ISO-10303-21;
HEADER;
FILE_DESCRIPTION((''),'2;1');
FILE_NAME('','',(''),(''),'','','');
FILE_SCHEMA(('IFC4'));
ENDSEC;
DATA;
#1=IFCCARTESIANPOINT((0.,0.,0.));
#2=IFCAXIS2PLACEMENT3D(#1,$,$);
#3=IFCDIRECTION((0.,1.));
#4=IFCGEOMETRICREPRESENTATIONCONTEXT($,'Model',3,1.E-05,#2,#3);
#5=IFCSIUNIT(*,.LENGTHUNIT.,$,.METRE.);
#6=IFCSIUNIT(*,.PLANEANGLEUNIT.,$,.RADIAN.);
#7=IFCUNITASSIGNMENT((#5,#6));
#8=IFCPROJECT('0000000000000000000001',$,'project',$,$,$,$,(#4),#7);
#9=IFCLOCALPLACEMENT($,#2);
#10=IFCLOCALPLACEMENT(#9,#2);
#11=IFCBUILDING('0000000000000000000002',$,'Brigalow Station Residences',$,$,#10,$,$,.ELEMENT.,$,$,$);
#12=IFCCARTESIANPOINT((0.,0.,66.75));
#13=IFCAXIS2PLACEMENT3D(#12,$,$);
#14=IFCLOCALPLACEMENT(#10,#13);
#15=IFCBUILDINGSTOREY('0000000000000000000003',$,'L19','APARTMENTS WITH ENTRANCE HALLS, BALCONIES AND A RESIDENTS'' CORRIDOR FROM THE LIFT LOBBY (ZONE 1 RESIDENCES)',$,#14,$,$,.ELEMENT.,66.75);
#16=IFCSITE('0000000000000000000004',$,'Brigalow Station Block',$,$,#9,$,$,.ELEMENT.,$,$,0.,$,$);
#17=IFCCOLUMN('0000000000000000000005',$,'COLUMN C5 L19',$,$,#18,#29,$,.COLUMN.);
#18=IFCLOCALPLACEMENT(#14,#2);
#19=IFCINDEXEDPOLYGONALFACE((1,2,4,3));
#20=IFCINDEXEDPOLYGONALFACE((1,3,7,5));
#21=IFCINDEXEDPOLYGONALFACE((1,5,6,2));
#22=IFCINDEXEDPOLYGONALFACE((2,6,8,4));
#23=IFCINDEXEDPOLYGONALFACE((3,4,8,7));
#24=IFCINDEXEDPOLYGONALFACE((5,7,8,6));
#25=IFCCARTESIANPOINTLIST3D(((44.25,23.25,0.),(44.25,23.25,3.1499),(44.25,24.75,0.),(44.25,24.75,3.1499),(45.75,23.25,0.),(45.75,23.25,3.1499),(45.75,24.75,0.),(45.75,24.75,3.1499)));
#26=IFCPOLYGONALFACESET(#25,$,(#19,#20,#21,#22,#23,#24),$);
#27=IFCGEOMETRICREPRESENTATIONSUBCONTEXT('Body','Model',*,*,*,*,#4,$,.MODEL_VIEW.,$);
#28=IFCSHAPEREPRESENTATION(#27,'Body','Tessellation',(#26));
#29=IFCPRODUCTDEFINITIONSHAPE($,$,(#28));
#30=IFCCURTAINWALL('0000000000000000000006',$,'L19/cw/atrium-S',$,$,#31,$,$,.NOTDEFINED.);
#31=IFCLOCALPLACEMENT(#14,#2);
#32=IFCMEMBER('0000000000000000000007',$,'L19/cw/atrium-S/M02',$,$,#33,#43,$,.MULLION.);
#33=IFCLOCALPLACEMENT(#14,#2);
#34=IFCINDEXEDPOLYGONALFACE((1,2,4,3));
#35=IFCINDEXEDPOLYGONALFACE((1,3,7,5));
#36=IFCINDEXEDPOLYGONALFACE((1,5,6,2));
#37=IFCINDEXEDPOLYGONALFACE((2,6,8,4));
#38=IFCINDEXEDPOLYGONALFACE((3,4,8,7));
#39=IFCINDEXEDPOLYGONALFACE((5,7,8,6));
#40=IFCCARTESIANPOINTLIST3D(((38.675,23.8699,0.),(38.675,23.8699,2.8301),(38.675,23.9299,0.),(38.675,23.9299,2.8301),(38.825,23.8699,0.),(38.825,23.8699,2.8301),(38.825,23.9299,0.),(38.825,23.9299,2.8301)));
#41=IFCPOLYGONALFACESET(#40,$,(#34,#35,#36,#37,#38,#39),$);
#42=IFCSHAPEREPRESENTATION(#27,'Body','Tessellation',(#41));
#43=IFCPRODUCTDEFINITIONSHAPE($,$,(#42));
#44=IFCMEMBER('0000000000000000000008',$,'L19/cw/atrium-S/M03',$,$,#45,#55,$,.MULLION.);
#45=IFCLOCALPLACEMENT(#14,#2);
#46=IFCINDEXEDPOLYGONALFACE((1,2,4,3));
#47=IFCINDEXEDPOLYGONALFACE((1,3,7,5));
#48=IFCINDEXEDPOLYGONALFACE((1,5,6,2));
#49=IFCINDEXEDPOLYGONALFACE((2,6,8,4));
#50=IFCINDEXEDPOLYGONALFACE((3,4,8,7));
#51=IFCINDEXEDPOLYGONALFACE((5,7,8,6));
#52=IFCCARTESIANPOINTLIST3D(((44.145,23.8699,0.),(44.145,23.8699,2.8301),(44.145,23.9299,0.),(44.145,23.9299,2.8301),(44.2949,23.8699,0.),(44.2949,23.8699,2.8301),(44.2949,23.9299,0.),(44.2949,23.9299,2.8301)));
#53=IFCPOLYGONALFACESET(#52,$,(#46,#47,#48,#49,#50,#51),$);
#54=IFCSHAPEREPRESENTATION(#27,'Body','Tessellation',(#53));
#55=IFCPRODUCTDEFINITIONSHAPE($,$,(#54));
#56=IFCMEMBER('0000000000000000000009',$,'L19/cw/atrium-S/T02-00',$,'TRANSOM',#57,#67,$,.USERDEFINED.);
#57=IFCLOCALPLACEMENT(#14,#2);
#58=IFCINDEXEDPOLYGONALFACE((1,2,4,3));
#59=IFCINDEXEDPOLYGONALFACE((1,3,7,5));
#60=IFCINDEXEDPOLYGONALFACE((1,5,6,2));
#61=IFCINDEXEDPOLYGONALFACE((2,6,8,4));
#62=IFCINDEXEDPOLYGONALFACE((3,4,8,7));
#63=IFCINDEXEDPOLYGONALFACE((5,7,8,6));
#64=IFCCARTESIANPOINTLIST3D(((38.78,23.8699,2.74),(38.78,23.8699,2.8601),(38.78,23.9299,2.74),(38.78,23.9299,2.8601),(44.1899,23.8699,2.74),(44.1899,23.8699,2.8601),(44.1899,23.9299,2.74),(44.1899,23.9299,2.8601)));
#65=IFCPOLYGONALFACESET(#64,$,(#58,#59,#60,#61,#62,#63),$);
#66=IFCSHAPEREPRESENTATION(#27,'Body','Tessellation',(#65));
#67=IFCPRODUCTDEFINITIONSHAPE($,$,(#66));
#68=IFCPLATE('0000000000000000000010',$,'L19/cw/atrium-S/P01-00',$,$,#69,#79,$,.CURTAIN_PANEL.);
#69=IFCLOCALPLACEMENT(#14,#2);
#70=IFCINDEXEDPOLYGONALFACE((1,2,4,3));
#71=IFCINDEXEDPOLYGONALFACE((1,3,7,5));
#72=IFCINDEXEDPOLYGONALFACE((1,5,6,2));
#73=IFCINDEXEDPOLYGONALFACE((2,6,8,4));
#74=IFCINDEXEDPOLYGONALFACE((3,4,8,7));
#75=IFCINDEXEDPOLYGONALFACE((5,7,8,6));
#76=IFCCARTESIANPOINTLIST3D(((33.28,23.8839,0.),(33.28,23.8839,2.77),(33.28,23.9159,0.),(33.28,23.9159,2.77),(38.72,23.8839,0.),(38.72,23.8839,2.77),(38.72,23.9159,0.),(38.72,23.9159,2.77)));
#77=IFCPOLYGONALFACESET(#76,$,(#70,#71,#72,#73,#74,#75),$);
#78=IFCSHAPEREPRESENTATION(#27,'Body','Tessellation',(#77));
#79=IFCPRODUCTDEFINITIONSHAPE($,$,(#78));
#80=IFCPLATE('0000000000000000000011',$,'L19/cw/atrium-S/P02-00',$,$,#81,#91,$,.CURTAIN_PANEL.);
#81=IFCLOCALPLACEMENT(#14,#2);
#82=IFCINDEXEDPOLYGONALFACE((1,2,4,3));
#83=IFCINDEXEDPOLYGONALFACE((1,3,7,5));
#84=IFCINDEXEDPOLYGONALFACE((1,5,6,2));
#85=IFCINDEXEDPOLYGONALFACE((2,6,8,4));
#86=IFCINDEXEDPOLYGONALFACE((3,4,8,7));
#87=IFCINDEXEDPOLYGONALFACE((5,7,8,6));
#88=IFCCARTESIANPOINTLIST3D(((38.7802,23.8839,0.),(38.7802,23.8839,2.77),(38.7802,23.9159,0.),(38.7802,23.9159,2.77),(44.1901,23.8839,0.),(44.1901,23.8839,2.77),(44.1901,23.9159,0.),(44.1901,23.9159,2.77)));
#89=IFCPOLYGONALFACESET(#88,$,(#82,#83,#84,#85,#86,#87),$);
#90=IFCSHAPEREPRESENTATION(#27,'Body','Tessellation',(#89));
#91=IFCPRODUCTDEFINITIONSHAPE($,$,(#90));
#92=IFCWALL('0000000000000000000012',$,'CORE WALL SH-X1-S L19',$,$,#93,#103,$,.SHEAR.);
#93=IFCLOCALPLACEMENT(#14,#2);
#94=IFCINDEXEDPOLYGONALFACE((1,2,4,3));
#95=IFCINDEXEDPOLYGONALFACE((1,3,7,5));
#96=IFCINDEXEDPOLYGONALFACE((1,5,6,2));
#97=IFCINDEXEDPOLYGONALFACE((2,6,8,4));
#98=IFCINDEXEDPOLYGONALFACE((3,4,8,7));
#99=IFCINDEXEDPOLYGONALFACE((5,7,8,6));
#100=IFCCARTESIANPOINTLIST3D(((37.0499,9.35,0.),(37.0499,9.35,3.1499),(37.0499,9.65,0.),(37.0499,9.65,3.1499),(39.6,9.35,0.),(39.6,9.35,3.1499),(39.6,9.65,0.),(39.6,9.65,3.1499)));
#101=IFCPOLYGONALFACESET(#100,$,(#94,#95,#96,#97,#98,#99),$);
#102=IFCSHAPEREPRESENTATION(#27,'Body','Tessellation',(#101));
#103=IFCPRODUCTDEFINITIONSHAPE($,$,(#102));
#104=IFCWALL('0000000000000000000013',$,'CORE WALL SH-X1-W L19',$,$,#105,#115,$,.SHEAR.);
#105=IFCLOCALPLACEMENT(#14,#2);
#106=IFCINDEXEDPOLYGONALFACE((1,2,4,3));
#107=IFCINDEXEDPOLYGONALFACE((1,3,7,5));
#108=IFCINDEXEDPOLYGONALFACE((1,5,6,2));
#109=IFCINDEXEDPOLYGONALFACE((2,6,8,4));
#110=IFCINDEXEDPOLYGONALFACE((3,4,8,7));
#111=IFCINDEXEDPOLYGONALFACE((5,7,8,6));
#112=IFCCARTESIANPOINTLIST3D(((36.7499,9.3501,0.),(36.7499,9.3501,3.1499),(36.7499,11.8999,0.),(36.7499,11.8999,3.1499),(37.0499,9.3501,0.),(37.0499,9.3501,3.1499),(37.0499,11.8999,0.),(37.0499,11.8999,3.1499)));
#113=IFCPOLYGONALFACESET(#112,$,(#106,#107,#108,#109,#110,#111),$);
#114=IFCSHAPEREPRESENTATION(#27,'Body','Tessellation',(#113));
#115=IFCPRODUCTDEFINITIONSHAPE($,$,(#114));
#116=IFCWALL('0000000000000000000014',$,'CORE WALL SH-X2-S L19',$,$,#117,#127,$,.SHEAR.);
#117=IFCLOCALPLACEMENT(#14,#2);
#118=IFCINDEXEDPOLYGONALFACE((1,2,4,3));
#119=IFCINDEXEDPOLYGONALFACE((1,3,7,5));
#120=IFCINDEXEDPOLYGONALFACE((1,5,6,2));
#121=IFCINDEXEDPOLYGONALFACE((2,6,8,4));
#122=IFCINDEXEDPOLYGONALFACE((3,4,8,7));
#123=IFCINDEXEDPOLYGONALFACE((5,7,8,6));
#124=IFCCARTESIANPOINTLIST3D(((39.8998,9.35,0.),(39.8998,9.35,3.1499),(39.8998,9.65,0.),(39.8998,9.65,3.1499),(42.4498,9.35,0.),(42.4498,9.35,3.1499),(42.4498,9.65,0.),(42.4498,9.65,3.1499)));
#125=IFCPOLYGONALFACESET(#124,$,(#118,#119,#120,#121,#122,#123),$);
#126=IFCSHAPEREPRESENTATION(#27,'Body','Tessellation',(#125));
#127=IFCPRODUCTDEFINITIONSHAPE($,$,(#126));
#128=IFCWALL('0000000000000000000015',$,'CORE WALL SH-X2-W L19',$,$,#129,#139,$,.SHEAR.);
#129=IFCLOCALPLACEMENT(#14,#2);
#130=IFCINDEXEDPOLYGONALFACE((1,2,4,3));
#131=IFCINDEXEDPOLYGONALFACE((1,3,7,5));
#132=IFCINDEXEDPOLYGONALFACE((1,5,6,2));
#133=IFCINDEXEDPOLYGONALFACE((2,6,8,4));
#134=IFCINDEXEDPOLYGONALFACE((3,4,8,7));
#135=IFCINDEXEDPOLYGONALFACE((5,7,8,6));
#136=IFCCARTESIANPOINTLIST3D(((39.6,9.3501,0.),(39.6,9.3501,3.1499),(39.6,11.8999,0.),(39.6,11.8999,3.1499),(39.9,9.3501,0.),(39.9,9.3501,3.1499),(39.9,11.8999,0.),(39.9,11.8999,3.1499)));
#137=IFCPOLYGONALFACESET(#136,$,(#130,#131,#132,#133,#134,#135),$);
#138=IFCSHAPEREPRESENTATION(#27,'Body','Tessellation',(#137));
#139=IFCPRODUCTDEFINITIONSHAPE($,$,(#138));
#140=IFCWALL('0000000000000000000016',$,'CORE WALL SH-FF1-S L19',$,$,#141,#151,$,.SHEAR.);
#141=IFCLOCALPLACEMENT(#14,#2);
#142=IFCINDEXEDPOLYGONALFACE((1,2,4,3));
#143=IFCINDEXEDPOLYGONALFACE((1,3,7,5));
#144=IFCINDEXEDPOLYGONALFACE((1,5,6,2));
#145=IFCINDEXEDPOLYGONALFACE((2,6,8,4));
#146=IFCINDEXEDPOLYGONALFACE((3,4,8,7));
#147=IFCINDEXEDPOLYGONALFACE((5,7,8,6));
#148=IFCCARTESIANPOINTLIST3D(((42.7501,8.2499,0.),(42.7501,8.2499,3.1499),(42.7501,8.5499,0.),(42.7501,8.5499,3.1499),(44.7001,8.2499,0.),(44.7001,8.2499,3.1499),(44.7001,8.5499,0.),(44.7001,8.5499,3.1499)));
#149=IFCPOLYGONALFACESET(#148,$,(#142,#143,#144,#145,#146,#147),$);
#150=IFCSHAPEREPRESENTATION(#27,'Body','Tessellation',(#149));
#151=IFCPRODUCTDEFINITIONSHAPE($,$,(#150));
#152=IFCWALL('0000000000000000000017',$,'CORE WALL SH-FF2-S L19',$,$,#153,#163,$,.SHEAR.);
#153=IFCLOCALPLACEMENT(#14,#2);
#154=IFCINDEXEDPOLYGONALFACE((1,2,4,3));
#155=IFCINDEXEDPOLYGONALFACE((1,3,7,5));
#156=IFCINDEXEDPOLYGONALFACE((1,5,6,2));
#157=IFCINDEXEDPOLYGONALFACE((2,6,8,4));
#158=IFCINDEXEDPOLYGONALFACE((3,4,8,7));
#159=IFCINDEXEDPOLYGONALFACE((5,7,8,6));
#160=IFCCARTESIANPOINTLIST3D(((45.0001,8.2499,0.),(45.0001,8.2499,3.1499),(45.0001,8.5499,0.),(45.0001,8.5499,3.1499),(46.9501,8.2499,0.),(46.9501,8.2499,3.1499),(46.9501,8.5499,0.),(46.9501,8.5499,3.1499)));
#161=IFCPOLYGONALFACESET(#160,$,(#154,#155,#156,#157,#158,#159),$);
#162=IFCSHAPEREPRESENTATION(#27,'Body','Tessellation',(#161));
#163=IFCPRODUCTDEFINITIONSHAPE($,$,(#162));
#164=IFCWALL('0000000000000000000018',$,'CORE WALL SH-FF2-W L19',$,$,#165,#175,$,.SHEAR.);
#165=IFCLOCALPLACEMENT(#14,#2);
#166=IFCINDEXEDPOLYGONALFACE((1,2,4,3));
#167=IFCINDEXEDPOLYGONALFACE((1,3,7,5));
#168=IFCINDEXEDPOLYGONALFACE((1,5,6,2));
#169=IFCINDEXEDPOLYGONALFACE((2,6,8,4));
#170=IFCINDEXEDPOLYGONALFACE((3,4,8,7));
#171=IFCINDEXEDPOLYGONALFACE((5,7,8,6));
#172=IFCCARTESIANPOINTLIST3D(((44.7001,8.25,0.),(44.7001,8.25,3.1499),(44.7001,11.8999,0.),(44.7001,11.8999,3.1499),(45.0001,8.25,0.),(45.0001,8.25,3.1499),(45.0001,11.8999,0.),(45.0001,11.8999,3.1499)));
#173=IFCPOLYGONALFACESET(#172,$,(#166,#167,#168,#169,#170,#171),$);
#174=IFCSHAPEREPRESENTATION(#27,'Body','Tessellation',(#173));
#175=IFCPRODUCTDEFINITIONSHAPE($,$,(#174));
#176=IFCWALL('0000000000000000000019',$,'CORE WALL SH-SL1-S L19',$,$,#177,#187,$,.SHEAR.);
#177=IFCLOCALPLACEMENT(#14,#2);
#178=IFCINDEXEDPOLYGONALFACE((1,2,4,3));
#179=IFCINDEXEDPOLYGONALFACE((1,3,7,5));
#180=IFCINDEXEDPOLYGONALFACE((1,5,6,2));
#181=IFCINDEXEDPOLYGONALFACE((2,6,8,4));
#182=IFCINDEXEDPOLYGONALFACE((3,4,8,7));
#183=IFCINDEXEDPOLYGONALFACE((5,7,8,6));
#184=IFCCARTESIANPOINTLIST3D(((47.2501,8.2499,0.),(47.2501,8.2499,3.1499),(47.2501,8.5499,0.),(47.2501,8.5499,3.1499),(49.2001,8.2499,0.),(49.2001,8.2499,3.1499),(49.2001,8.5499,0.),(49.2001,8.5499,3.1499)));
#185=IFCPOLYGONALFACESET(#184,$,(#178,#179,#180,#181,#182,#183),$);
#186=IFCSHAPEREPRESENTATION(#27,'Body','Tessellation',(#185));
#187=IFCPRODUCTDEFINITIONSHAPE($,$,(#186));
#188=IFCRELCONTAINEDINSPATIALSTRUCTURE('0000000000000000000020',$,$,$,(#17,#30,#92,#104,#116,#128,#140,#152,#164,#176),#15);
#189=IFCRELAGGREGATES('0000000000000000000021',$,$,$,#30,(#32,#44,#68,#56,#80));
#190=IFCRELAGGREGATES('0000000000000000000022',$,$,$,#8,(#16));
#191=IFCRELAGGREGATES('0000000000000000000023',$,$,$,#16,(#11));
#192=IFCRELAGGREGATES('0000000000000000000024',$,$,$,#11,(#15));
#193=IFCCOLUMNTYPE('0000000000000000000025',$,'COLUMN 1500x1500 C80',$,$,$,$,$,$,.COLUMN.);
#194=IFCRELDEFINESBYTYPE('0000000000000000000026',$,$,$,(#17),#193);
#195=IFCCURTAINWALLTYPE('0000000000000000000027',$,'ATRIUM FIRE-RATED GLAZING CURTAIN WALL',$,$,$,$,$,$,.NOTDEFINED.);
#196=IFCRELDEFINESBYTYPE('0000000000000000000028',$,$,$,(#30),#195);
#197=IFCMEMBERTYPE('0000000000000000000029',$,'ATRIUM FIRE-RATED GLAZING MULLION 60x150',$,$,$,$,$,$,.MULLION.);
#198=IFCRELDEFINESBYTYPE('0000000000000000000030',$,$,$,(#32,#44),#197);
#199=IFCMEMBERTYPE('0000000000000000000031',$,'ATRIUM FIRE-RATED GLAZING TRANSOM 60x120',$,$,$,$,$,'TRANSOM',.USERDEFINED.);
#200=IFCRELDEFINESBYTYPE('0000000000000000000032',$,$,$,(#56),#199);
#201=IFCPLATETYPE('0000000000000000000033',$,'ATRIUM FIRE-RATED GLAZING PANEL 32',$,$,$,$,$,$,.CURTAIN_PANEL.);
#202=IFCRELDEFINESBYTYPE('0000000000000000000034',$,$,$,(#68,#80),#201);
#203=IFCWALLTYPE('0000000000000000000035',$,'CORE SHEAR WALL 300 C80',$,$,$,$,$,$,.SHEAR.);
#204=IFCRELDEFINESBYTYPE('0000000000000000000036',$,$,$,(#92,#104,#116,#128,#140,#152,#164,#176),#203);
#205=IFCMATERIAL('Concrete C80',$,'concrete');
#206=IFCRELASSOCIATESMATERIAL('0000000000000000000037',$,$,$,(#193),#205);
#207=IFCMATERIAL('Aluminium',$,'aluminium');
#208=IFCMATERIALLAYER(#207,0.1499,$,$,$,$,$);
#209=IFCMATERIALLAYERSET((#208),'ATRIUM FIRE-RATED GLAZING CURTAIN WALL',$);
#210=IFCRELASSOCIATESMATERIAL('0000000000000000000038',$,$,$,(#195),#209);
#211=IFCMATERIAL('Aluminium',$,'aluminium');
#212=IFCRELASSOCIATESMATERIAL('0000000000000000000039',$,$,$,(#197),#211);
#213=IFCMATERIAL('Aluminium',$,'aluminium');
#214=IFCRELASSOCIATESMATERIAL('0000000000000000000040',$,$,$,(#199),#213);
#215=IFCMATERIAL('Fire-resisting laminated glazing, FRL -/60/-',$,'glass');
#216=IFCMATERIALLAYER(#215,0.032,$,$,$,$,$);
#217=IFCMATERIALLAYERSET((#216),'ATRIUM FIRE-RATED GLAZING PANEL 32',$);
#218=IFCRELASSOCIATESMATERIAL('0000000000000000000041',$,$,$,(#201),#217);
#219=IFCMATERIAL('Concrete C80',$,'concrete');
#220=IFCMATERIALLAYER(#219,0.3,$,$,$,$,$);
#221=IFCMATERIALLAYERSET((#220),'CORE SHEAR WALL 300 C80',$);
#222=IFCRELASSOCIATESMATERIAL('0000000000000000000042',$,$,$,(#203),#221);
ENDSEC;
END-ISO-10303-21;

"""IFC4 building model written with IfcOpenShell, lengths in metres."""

from ifc_helpers import new_model, si_unit, direction, frame, frame_2d, origin, origin_2d, place, context, subcontext, project, spatial, rectangle, extrude, material, layer, layer_set, material_profile, profile_set, type_object, element, aggregate, save


model = new_model("IFC4")

# Units and contexts
model_context = context("Model", 3, precision=1e-05, world=origin(), true_north=direction((0.0, 1.0)))
body_context = subcontext(model_context, "Body", "Model", "MODEL_VIEW")
ifc_project = project(units=[si_unit("LENGTHUNIT", "METRE"), si_unit("PLANEANGLEUNIT", "RADIAN")], contexts=[model_context])

# Site, building, storey
site_placement = place(None, origin())
site = spatial("IfcSite", under=ifc_project, at=site_placement, Name="Brigalow Station Block", CompositionType="ELEMENT", RefElevation=0.0)
building_placement = place(site_placement, origin())
building = spatial("IfcBuilding", under=site, at=building_placement, Name="Brigalow Station Residences", CompositionType="ELEMENT")
storey_placement = place(building_placement, frame((0.0, 0.0, 66.75)))
storey = spatial("IfcBuildingStorey", under=building, at=storey_placement, Name="L19", Description="APARTMENTS WITH ENTRANCE HALLS, BALCONIES AND A RESIDENTS' CORRIDOR FROM THE LIFT LOBBY (ZONE 1 RESIDENCES)", CompositionType="ELEMENT", Elevation=66.75)

# Column
ifc_material_1 = material(Name="Concrete C80", Category="concrete")
ifc_material_profile_1 = material_profile(ifc_material_1, rectangle(XDim=1.5, YDim=1.5, at=origin_2d()), Name="RC1500x1500")
ifc_profile_set_1 = profile_set([ifc_material_profile_1], Name="Concrete C80")
column_type = type_object("IfcColumnType", Name="COLUMN 1500x1500 C80", PredefinedType="COLUMN", material=ifc_profile_set_1)
column_placement = place(storey_placement, frame((45.0, 24.0, 0.0), z_axis=(0.0, 0.0, 1.0), x_axis=(1.0, 0.0, 0.0)))
element("IfcColumn", 1, at=column_placement, inside=storey, type_object=column_type, Name="COLUMN C5 L19", PredefinedType="COLUMN", context=body_context, shape_type="SweptSolid", body=[
    extrude(rectangle(XDim=1.5, YDim=1.5, at=origin_2d()), origin(), (0.0, 0.0, 1.0), 3.1499),
])

# Curtain wall, members, plates
ifc_material_2 = material(Name="Aluminium", Category="aluminium")
ifc_layer_1 = layer(ifc_material_2, 0.1499)
ifc_layer_set_1 = layer_set([ifc_layer_1], Name="ATRIUM FIRE-RATED GLAZING CURTAIN WALL")
curtain_wall_type = type_object("IfcCurtainWallType", Name="ATRIUM FIRE-RATED GLAZING CURTAIN WALL", PredefinedType="NOTDEFINED", material=ifc_layer_set_1)
curtain_wall_placement = place(storey_placement, origin())
curtain_wall = element("IfcCurtainWall", 2, at=curtain_wall_placement, inside=storey, type_object=curtain_wall_type, Name="L19/cw/atrium-S", PredefinedType="NOTDEFINED")
ifc_material_3 = material(Name="Aluminium", Category="aluminium")
ifc_material_profile_2 = material_profile(ifc_material_3, rectangle(XDim=0.0601, YDim=0.1499, at=origin_2d()), Name="ATRIUM FIRE-RATED GLAZING MULLION 60x150")
ifc_profile_set_2 = profile_set([ifc_material_profile_2], Name="Aluminium")
member_type_1 = type_object("IfcMemberType", Name="ATRIUM FIRE-RATED GLAZING MULLION 60x150", PredefinedType="MULLION", material=ifc_profile_set_2)
member_1_placement = place(storey_placement, frame((38.75, 23.8999, 0.0), z_axis=(0.0, 0.0, 1.0), x_axis=(0.0, 1.0, 0.0)))
member_1 = element("IfcMember", 3, at=member_1_placement, type_object=member_type_1, Name="L19/cw/atrium-S/M02", PredefinedType="MULLION", context=body_context, shape_type="SweptSolid", body=[
    extrude(rectangle(XDim=0.0601, YDim=0.1499, at=origin_2d()), origin(), (0.0, 0.0, 1.0), 2.8301),
])
member_2_placement = place(storey_placement, frame((44.22, 23.8999, 0.0), z_axis=(0.0, 0.0, 1.0), x_axis=(0.0, 1.0, 0.0)))
member_2 = element("IfcMember", 4, at=member_2_placement, type_object=member_type_1, Name="L19/cw/atrium-S/M03", PredefinedType="MULLION", context=body_context, shape_type="SweptSolid", body=[
    extrude(rectangle(XDim=0.0601, YDim=0.1499, at=origin_2d()), origin(), (0.0, 0.0, 1.0), 2.8301),
])
ifc_material_4 = material(Name="Aluminium", Category="aluminium")
ifc_material_profile_3 = material_profile(ifc_material_4, rectangle(XDim=0.0601, YDim=0.1201, at=origin_2d()), Name="ATRIUM FIRE-RATED GLAZING TRANSOM 60x120")
ifc_profile_set_3 = profile_set([ifc_material_profile_3], Name="Aluminium")
member_type_2 = type_object("IfcMemberType", Name="ATRIUM FIRE-RATED GLAZING TRANSOM 60x120", ElementType="TRANSOM", PredefinedType="USERDEFINED", material=ifc_profile_set_3)
member_3_placement = place(storey_placement, frame((38.78, 23.8999, 2.8), z_axis=(1.0, 0.0, 0.0), x_axis=(0.0, 1.0, 0.0)))
member_3 = element("IfcMember", 5, at=member_3_placement, type_object=member_type_2, Name="L19/cw/atrium-S/T02-00", ObjectType="TRANSOM", PredefinedType="USERDEFINED", context=body_context, shape_type="SweptSolid", body=[
    extrude(rectangle(XDim=0.0601, YDim=0.1201, at=origin_2d()), origin(), (0.0, 0.0, 1.0), 5.4099),
])
ifc_material_5 = material(Name="Fire-resisting laminated glazing, FRL -/60/-", Category="glass")
ifc_layer_2 = layer(ifc_material_5, 0.032)
ifc_layer_set_2 = layer_set([ifc_layer_2], Name="ATRIUM FIRE-RATED GLAZING PANEL 32")
plate_type = type_object("IfcPlateType", Name="ATRIUM FIRE-RATED GLAZING PANEL 32", PredefinedType="CURTAIN_PANEL", material=ifc_layer_set_2)
plate_1_placement = place(storey_placement, frame((36.0, 23.8999, 0.0), z_axis=(0.0, 0.0, 1.0), x_axis=(1.0, 0.0, 0.0)))
plate_1 = element("IfcPlate", 6, at=plate_1_placement, type_object=plate_type, Name="L19/cw/atrium-S/P01-00", PredefinedType="CURTAIN_PANEL", context=body_context, shape_type="SweptSolid", body=[
    extrude(rectangle(XDim=5.4399, YDim=0.032, at=origin_2d()), origin(), (0.0, 0.0, 1.0), 2.77),
])
plate_2_placement = place(storey_placement, frame((41.4851, 23.8999, 0.0), z_axis=(0.0, 0.0, 1.0), x_axis=(1.0, 0.0, 0.0)))
plate_2 = element("IfcPlate", 7, at=plate_2_placement, type_object=plate_type, Name="L19/cw/atrium-S/P02-00", PredefinedType="CURTAIN_PANEL", context=body_context, shape_type="SweptSolid", body=[
    extrude(rectangle(XDim=5.4099, YDim=0.032, at=origin_2d()), origin(), (0.0, 0.0, 1.0), 2.77),
])
aggregate(curtain_wall, [member_1, member_2, plate_1, member_3, plate_2])

# Walls
ifc_material_6 = material(Name="Concrete C80", Category="concrete")
ifc_layer_3 = layer(ifc_material_6, 0.3)
ifc_layer_set_3 = layer_set([ifc_layer_3], Name="CORE SHEAR WALL 300 C80")
wall_type_1 = type_object("IfcWallType", Name="CORE SHEAR WALL 300 C80", PredefinedType="SHEAR", material=ifc_layer_set_3)
wall_1_placement = place(storey_placement, frame((37.05, 9.5, 0.0), z_axis=(0.0, 0.0, 1.0), x_axis=(1.0, 0.0, 0.0)))
element("IfcWall", 8, at=wall_1_placement, inside=storey, type_object=wall_type_1, Name="CORE WALL SH-X1-S L19", PredefinedType="SHEAR", context=body_context, shape_type="SweptSolid", body=[
    extrude(rectangle(XDim=2.55, YDim=0.3, at=frame_2d((1.2749, 0.0))), origin(), (0.0, 0.0, 1.0), 3.1499),
])
wall_2_placement = place(storey_placement, frame((36.8999, 9.3501, 0.0), z_axis=(0.0, 0.0, 1.0), x_axis=(0.0, 1.0, 0.0)))
element("IfcWall", 9, at=wall_2_placement, inside=storey, type_object=wall_type_1, Name="CORE WALL SH-X1-W L19", PredefinedType="SHEAR", context=body_context, shape_type="SweptSolid", body=[
    extrude(rectangle(XDim=2.5498, YDim=0.3, at=frame_2d((1.2749, 0.0))), origin(), (0.0, 0.0, 1.0), 3.1499),
])
wall_3_placement = place(storey_placement, frame((39.8999, 9.5, 0.0), z_axis=(0.0, 0.0, 1.0), x_axis=(1.0, 0.0, 0.0)))
element("IfcWall", 10, at=wall_3_placement, inside=storey, type_object=wall_type_1, Name="CORE WALL SH-X2-S L19", PredefinedType="SHEAR", context=body_context, shape_type="SweptSolid", body=[
    extrude(rectangle(XDim=2.55, YDim=0.3, at=frame_2d((1.2749, 0.0))), origin(), (0.0, 0.0, 1.0), 3.1499),
])
wall_4_placement = place(storey_placement, frame((39.75, 9.3501, 0.0), z_axis=(0.0, 0.0, 1.0), x_axis=(0.0, 1.0, 0.0)))
element("IfcWall", 11, at=wall_4_placement, inside=storey, type_object=wall_type_1, Name="CORE WALL SH-X2-W L19", PredefinedType="SHEAR", context=body_context, shape_type="SweptSolid", body=[
    extrude(rectangle(XDim=2.5498, YDim=0.3, at=frame_2d((1.2749, 0.0))), origin(), (0.0, 0.0, 1.0), 3.1499),
])
for number, where, z_axis, x_axis, name in (
    (12, (42.75, 8.3999, 0.0), (0.0, 0.0, 1.0), (1.0, 0.0, 0.0), "CORE WALL SH-FF1-S L19"),
    (13, (45.0, 8.3999, 0.0), (0.0, 0.0, 1.0), (1.0, 0.0, 0.0), "CORE WALL SH-FF2-S L19"),
):
    element("IfcWall", number, at=place(storey_placement, frame(where, z_axis=z_axis, x_axis=x_axis)), inside=storey, type_object=wall_type_1, Name=name, PredefinedType="SHEAR", context=body_context, shape_type="SweptSolid", body=[
        extrude(rectangle(XDim=1.95, YDim=0.3, at=frame_2d((0.9751, 0.0))), origin(), (0.0, 0.0, 1.0), 3.1499),
    ])
wall_5_placement = place(storey_placement, frame((44.8501, 8.25, 0.0), z_axis=(0.0, 0.0, 1.0), x_axis=(0.0, 1.0, 0.0)))
element("IfcWall", 14, at=wall_5_placement, inside=storey, type_object=wall_type_1, Name="CORE WALL SH-FF2-W L19", PredefinedType="SHEAR", context=body_context, shape_type="SweptSolid", body=[
    extrude(rectangle(XDim=3.6499, YDim=0.3, at=frame_2d((1.825, 0.0))), origin(), (0.0, 0.0, 1.0), 3.1499),
])
wall_6_placement = place(storey_placement, frame((47.25, 8.3999, 0.0), z_axis=(0.0, 0.0, 1.0), x_axis=(1.0, 0.0, 0.0)))
element("IfcWall", 15, at=wall_6_placement, inside=storey, type_object=wall_type_1, Name="CORE WALL SH-SL1-S L19", PredefinedType="SHEAR", context=body_context, shape_type="SweptSolid", body=[
    extrude(rectangle(XDim=1.95, YDim=0.3, at=frame_2d((0.9751, 0.0))), origin(), (0.0, 0.0, 1.0), 3.1499),
])

save(model, "model.ifc")
